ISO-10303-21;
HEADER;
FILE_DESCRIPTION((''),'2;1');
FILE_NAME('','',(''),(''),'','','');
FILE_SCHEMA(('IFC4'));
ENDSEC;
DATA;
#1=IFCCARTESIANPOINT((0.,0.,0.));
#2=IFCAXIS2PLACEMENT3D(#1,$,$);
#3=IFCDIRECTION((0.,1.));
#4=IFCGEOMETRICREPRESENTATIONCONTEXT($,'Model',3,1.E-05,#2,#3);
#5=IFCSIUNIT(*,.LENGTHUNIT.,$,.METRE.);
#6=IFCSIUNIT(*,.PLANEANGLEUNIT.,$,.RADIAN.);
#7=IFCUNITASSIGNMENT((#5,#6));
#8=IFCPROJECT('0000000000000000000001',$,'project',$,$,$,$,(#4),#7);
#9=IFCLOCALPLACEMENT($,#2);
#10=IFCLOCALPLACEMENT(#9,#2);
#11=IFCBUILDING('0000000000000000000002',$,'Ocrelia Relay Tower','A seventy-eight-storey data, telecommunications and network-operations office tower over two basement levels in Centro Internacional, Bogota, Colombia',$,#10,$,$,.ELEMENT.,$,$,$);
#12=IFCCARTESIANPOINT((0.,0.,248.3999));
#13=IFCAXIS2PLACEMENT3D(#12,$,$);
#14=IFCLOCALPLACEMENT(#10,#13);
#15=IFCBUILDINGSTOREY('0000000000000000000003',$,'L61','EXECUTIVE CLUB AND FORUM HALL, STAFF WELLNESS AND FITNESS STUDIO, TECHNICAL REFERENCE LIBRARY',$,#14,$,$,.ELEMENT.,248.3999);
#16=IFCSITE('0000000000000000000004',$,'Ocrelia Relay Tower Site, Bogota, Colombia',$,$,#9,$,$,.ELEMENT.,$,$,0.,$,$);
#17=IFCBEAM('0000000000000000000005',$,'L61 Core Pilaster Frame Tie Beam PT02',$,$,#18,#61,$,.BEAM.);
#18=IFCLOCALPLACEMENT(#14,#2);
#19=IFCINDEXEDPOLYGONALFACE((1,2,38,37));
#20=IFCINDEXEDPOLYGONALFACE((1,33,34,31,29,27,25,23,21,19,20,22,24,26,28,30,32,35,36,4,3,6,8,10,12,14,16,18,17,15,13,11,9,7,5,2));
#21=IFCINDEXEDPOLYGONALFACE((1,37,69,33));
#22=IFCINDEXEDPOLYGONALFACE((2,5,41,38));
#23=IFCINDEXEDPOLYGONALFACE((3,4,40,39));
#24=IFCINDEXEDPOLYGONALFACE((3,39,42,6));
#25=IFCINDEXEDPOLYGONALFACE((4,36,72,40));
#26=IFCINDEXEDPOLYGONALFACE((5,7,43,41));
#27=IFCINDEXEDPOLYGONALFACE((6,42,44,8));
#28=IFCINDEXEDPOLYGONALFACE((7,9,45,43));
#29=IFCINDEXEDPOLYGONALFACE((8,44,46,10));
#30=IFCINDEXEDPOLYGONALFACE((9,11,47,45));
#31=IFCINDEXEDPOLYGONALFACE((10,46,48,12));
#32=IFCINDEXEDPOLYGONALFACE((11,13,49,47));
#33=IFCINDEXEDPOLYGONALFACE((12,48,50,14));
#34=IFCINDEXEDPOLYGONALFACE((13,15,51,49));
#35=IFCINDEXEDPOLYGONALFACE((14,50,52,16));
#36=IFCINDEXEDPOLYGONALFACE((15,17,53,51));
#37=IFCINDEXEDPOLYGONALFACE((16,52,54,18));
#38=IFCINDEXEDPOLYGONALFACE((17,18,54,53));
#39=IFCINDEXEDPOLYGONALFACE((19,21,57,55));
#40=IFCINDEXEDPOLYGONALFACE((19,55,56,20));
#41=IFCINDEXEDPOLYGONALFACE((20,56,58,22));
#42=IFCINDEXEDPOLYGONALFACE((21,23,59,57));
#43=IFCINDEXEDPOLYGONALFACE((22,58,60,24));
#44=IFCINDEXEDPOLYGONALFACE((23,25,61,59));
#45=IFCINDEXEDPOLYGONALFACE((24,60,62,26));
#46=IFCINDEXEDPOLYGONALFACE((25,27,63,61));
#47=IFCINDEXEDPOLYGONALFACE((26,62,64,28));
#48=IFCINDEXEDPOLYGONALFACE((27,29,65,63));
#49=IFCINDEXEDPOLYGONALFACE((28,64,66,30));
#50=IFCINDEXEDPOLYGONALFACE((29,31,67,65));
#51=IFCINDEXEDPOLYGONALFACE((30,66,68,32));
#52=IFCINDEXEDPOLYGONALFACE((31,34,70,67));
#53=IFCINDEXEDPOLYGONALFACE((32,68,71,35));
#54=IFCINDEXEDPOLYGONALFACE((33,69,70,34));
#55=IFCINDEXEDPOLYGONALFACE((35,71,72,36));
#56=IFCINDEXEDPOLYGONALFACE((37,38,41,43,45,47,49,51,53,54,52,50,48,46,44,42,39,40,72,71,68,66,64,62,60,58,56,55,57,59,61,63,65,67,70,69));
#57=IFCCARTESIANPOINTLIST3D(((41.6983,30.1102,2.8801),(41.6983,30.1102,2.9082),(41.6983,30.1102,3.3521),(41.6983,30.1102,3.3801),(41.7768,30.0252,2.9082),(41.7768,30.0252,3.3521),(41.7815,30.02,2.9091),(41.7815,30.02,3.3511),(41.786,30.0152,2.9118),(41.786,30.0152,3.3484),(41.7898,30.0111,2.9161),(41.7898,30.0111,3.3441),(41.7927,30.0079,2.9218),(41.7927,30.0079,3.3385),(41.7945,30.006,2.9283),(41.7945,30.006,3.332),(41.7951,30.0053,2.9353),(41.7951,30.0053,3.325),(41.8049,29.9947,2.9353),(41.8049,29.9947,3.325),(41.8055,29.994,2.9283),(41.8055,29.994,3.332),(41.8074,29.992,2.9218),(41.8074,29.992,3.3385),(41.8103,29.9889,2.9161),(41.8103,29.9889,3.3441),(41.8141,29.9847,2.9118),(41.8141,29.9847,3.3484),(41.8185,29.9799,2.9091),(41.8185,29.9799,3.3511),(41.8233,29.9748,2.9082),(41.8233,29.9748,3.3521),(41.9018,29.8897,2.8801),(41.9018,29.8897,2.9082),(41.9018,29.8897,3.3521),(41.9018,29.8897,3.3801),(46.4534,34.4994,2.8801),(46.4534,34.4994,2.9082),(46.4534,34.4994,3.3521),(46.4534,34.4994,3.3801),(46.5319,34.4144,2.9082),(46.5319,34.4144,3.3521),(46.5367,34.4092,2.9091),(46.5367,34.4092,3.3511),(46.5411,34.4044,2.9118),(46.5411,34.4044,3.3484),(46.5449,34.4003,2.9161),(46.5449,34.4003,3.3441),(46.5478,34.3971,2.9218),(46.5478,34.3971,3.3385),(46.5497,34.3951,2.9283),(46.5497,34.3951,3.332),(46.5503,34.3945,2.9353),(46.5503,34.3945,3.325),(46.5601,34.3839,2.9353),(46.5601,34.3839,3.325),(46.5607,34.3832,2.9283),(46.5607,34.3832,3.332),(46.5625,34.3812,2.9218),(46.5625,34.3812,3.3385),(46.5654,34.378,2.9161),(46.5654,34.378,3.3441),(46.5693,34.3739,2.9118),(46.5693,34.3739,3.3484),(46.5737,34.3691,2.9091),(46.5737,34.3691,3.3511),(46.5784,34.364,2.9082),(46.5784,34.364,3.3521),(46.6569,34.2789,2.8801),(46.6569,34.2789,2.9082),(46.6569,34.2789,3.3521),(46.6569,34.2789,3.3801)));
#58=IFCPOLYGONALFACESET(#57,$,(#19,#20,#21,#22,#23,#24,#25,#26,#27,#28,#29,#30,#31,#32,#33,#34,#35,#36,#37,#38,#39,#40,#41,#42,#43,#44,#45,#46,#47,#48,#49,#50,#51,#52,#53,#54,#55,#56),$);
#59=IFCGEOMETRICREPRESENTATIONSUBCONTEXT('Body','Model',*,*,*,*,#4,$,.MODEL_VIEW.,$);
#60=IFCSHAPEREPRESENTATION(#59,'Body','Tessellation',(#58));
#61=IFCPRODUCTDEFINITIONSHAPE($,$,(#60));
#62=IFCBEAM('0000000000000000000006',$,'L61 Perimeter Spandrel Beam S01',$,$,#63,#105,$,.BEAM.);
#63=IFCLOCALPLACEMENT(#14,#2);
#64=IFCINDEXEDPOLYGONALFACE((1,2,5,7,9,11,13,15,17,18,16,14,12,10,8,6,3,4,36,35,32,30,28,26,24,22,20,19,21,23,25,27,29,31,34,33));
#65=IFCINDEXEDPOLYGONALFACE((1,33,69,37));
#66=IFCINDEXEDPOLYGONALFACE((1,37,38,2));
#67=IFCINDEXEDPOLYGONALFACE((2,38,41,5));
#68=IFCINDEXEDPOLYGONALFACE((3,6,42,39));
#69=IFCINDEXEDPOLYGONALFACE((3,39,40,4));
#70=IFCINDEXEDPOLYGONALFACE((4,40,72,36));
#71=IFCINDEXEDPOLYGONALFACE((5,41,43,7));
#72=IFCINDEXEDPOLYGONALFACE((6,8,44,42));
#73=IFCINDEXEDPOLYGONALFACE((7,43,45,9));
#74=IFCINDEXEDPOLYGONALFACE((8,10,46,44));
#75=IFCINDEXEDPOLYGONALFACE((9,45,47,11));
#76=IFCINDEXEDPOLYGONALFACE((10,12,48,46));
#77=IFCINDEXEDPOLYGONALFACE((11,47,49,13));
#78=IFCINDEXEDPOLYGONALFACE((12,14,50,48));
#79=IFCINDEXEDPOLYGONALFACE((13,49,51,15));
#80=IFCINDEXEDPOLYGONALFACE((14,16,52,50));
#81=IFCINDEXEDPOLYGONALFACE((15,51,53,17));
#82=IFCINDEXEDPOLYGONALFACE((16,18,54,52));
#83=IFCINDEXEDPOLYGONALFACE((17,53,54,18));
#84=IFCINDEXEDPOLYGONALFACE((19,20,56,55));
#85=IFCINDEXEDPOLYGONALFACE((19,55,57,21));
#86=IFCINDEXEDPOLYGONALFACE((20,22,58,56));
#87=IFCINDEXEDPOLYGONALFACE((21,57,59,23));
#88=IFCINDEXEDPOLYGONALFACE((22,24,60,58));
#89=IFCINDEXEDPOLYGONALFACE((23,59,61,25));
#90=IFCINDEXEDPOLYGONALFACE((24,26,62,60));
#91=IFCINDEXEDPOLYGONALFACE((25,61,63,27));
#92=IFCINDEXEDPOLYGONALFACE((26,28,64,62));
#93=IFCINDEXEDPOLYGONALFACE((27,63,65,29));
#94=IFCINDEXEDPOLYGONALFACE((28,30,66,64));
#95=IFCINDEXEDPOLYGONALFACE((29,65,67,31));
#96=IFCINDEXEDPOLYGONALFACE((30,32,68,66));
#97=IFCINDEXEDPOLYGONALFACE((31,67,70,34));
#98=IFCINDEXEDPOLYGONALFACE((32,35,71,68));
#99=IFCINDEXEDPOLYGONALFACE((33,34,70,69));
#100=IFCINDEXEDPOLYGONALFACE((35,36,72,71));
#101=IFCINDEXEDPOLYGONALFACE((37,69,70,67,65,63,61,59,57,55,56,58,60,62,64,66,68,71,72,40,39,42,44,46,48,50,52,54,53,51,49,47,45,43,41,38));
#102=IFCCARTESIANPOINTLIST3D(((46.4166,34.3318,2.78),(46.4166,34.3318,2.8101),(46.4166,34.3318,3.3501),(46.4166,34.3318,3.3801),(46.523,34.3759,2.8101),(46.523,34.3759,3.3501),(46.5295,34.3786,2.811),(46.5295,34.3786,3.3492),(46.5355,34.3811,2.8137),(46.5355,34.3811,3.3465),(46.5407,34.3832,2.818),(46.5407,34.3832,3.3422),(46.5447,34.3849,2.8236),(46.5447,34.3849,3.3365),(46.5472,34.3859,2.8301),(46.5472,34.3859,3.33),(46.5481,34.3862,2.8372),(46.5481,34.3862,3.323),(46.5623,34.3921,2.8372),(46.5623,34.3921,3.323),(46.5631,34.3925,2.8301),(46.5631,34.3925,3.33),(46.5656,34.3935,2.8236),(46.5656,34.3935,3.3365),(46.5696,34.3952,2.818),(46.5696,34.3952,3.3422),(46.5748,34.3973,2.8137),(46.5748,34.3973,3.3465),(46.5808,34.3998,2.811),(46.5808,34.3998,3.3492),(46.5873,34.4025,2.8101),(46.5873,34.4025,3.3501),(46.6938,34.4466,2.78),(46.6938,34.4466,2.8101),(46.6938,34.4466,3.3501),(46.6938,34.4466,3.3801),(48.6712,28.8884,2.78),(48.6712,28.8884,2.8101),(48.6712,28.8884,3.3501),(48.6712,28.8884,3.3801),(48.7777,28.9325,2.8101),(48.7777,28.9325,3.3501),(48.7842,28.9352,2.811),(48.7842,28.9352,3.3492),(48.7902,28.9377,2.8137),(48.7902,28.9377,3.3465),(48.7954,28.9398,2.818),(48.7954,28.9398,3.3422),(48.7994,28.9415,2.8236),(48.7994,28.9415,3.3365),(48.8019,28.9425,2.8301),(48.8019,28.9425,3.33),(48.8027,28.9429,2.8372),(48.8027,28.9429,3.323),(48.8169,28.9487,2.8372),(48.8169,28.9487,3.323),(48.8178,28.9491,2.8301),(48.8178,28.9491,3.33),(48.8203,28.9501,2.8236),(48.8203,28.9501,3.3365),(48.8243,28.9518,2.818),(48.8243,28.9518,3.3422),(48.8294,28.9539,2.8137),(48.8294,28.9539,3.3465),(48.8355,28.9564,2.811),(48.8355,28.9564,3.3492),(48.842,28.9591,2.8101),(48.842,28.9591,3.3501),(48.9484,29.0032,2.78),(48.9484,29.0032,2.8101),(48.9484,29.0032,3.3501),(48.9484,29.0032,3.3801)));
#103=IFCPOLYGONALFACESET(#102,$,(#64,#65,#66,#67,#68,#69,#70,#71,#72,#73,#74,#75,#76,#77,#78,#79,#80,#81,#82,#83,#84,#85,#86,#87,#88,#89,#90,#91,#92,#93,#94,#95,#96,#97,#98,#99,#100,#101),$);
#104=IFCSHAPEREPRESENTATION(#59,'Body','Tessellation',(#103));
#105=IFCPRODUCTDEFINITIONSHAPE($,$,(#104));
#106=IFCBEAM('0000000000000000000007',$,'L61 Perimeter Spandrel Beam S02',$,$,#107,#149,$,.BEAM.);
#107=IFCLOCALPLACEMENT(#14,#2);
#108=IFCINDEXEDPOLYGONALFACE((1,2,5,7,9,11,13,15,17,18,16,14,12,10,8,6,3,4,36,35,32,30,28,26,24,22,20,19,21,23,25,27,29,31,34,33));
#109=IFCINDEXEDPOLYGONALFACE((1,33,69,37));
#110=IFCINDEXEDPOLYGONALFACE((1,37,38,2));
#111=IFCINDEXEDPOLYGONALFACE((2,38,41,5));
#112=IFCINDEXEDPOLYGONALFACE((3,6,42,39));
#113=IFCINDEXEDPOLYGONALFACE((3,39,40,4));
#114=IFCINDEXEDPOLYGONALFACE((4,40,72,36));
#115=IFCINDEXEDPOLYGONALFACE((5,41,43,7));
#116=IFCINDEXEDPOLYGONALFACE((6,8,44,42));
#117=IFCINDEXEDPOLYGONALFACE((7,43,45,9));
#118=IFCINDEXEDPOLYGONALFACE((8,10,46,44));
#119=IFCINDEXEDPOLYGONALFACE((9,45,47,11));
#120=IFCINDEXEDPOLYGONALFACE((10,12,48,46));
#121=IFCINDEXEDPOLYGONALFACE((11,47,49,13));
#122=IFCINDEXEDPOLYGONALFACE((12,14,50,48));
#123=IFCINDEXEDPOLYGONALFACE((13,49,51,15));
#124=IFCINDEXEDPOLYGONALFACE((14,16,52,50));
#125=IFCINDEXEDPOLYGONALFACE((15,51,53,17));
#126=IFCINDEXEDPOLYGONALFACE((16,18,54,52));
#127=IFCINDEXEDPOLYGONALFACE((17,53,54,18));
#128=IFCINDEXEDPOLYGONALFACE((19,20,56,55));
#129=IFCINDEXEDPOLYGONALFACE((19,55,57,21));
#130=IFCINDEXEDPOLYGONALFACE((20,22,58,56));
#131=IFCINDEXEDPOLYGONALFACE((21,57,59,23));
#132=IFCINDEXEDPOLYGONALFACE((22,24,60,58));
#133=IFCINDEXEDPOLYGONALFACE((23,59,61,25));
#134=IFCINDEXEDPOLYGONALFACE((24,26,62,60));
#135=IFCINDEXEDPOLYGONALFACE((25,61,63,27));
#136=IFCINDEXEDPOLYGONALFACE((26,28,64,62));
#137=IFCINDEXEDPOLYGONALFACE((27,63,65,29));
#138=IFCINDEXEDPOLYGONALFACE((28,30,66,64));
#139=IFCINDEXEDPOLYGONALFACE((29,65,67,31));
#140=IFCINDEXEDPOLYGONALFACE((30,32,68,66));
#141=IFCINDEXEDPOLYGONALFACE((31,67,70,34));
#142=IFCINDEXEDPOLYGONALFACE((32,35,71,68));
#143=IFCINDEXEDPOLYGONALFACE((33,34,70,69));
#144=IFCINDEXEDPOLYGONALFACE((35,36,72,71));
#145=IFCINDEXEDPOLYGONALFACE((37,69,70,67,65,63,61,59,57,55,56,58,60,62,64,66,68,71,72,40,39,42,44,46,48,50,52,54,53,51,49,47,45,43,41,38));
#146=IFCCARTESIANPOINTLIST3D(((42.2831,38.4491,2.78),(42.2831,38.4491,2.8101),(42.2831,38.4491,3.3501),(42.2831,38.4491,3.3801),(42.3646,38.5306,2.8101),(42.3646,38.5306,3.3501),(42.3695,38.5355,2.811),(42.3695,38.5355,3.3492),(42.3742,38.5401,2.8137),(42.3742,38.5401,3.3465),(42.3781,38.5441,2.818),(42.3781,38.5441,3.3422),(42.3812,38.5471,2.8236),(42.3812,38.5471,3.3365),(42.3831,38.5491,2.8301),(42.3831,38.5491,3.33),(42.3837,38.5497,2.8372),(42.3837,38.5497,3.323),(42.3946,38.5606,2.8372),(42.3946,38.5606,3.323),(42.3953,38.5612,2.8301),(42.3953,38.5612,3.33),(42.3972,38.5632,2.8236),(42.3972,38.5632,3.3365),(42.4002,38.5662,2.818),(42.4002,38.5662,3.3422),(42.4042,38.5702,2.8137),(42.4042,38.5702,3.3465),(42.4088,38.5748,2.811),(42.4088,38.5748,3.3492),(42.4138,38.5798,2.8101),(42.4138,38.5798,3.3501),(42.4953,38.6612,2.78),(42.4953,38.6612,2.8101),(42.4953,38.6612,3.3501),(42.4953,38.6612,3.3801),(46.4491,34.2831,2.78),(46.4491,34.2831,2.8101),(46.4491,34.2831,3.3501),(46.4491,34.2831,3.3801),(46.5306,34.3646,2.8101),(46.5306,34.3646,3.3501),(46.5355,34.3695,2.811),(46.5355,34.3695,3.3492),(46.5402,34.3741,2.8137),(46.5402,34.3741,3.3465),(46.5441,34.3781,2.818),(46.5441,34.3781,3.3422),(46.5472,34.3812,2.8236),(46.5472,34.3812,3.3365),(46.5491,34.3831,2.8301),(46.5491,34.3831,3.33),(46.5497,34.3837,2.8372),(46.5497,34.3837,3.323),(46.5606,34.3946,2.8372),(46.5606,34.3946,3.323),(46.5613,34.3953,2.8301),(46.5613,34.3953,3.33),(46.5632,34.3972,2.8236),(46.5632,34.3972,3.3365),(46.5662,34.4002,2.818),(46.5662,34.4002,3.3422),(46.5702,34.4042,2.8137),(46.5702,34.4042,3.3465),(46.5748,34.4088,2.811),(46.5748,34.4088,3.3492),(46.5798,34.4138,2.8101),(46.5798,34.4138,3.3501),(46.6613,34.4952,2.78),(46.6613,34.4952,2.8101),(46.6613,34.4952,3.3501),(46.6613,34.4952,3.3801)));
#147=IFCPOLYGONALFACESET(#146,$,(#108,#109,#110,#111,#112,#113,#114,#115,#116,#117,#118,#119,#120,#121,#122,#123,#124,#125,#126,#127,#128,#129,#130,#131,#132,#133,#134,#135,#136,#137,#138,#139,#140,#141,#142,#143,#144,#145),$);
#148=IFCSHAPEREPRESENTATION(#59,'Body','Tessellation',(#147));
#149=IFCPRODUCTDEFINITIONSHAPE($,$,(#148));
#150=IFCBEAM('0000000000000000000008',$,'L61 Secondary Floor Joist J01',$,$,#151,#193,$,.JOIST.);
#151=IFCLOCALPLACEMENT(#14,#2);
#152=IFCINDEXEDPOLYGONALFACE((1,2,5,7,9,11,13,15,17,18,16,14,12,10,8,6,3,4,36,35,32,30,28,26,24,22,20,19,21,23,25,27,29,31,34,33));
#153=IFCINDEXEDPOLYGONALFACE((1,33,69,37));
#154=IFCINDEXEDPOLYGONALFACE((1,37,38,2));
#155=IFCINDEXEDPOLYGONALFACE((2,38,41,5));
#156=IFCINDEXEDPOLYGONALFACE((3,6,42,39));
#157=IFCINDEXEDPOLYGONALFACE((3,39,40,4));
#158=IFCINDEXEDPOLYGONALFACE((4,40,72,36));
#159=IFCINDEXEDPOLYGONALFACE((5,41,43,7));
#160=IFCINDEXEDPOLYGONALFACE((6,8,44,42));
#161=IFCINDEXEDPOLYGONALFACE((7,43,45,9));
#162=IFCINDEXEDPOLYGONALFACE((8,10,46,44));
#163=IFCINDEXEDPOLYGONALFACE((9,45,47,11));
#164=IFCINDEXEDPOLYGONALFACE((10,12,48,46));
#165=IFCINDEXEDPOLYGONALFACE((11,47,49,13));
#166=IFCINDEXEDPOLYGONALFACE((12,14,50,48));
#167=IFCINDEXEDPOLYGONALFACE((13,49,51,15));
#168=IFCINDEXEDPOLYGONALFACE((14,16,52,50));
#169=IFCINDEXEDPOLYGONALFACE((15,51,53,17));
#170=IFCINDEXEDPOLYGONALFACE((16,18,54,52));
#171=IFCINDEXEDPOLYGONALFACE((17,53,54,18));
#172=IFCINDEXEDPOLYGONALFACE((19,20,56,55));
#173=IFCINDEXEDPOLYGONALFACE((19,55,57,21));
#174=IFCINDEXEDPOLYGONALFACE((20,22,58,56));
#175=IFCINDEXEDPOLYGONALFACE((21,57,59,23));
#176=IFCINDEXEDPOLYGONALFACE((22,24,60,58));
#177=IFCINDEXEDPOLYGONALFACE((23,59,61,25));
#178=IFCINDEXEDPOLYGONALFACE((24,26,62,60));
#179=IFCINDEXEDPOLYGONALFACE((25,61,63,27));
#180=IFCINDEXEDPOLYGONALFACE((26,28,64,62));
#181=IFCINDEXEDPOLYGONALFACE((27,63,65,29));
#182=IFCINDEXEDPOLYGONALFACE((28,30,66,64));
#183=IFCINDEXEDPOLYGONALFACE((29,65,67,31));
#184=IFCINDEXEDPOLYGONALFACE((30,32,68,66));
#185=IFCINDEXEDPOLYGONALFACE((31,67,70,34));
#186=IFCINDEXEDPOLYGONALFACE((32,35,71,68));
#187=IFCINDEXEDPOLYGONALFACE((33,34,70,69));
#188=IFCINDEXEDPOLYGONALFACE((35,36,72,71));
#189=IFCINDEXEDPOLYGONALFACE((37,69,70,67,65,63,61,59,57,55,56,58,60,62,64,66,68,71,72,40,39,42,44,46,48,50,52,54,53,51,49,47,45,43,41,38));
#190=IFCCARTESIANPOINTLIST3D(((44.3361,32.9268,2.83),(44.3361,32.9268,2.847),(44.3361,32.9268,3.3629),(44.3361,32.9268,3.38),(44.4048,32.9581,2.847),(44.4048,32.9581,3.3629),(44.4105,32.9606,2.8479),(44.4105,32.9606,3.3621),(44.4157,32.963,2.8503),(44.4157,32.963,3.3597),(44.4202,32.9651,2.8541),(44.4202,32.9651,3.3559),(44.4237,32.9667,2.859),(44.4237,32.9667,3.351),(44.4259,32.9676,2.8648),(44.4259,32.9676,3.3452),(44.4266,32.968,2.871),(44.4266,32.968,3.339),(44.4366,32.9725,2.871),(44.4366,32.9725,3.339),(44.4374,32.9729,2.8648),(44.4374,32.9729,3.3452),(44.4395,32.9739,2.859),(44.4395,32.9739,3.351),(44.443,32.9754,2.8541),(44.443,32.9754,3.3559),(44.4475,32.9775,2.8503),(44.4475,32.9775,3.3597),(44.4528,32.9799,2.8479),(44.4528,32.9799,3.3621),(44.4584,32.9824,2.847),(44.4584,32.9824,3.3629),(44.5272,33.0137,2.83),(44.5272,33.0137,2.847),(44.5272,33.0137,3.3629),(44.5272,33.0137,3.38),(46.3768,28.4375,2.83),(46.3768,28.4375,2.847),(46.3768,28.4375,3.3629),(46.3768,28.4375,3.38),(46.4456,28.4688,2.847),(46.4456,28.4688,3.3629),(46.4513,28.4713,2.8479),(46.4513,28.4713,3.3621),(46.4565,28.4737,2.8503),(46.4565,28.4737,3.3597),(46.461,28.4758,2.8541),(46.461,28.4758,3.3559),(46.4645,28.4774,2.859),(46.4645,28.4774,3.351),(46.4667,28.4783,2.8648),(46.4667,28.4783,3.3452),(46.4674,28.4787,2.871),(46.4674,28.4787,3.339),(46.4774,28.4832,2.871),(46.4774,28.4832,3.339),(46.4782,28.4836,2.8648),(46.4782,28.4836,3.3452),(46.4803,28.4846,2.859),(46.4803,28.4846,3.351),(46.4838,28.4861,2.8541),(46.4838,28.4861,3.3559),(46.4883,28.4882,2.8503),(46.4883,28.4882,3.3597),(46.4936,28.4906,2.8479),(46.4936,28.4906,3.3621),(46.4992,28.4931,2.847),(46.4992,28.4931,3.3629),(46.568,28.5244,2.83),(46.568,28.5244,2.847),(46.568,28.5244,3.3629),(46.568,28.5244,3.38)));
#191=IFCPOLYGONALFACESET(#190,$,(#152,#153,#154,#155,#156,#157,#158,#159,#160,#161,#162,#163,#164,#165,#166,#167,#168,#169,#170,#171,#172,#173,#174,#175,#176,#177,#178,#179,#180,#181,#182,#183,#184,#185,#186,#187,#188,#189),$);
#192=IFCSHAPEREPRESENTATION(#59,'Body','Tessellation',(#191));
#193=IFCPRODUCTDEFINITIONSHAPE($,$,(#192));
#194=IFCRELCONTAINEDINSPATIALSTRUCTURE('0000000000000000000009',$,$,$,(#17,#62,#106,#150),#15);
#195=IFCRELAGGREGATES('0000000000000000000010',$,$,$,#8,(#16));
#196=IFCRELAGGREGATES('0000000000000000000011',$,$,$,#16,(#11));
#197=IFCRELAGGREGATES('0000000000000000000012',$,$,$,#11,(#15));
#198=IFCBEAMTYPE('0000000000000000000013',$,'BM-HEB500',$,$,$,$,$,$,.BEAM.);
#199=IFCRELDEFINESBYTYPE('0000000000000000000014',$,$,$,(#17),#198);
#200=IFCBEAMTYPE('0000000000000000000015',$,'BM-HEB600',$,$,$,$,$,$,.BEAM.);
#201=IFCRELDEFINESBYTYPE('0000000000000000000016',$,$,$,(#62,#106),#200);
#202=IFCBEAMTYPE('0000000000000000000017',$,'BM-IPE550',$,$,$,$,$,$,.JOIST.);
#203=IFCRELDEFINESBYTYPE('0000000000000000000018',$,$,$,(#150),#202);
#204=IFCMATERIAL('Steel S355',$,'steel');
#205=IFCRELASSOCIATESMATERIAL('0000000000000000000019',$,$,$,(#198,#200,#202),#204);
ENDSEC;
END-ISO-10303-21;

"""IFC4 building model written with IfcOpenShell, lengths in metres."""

from ifc_helpers import new_model, si_unit, direction, frame, origin, origin_2d, place, context, subcontext, project, spatial, i_section, extrude, material, material_profile, profile_set, type_object, element, save


model = new_model("IFC4")

# Units and contexts
model_context = context("Model", 3, precision=1e-05, world=origin(), true_north=direction((0.0, 1.0)))
body_context = subcontext(model_context, "Body", "Model", "MODEL_VIEW")
ifc_project = project(units=[si_unit("LENGTHUNIT", "METRE"), si_unit("PLANEANGLEUNIT", "RADIAN")], contexts=[model_context])

# Site, building, storey
site_placement = place(None, origin())
site = spatial("IfcSite", under=ifc_project, at=site_placement, Name="Ocrelia Relay Tower Site, Bogota, Colombia", CompositionType="ELEMENT", RefElevation=0.0)
building_placement = place(site_placement, origin())
building = spatial("IfcBuilding", under=site, at=building_placement, Name="Ocrelia Relay Tower", Description="A seventy-eight-storey data, telecommunications and network-operations office tower over two basement levels in Centro Internacional, Bogota, Colombia", CompositionType="ELEMENT")
storey_placement = place(building_placement, frame((0.0, 0.0, 248.3999)))
storey = spatial("IfcBuildingStorey", under=building, at=storey_placement, Name="L61", Description="EXECUTIVE CLUB AND FORUM HALL, STAFF WELLNESS AND FITNESS STUDIO, TECHNICAL REFERENCE LIBRARY", CompositionType="ELEMENT", Elevation=248.3999)

# Beams
ifc_material_1 = material(Name="Steel S355", Category="steel")
ifc_material_profile_1 = material_profile(ifc_material_1, i_section(OverallWidth=0.3, OverallDepth=0.5, WebThickness=0.0144, FlangeThickness=0.0281, FilletRadius=0.0271, at=origin_2d()), Name="HEB 500")
ifc_profile_set_1 = profile_set([ifc_material_profile_1], Name="Steel S355")
beam_type_1 = type_object("IfcBeamType", Name="BM-HEB500", PredefinedType="BEAM", material=ifc_profile_set_1)
beam_1_placement = place(storey_placement, frame((46.5552, 34.3892, 3.1301), z_axis=(-0.734818, -0.678264, 0.0), x_axis=(0.678264, -0.734818, 0.0)))
element("IfcBeam", 1, at=beam_1_placement, inside=storey, type_object=beam_type_1, Name="L61 Core Pilaster Frame Tie Beam PT02", PredefinedType="BEAM", context=body_context, shape_type="SweptSolid", body=[
    extrude(i_section(OverallWidth=0.3, OverallDepth=0.5, WebThickness=0.0144, FlangeThickness=0.0281, FilletRadius=0.0271, at=origin_2d()), origin(), (0.0, 0.0, 1.0), 6.4712),
])
ifc_material_profile_2 = material_profile(ifc_material_1, i_section(OverallWidth=0.3, OverallDepth=0.6001, WebThickness=0.0154, FlangeThickness=0.03, FilletRadius=0.0271, at=origin_2d()), Name="HEB 600")
ifc_profile_set_2 = profile_set([ifc_material_profile_2], Name="Steel S355")
beam_type_2 = type_object("IfcBeamType", Name="BM-HEB600", PredefinedType="BEAM", material=ifc_profile_set_2)
beam_2_placement = place(storey_placement, frame((48.8098, 28.9458, 3.0801), z_axis=(-0.382673, 0.923884, 0.0), x_axis=(-0.923884, -0.382673, 0.0)))
element("IfcBeam", 2, at=beam_2_placement, inside=storey, type_object=beam_type_2, Name="L61 Perimeter Spandrel Beam S01", PredefinedType="BEAM", context=body_context, shape_type="SweptSolid", body=[
    extrude(i_section(OverallWidth=0.3, OverallDepth=0.6001, WebThickness=0.0154, FlangeThickness=0.03, FilletRadius=0.0271, at=origin_2d()), origin(), (0.0, 0.0, 1.0), 5.8918),
])
beam_3_placement = place(storey_placement, frame((46.5552, 34.3892, 3.0801), z_axis=(-0.707107, 0.707107, 0.0), x_axis=(-0.707107, -0.707107, 0.0)))
element("IfcBeam", 3, at=beam_3_placement, inside=storey, type_object=beam_type_2, Name="L61 Perimeter Spandrel Beam S02", PredefinedType="BEAM", context=body_context, shape_type="SweptSolid", body=[
    extrude(i_section(OverallWidth=0.3, OverallDepth=0.6001, WebThickness=0.0154, FlangeThickness=0.03, FilletRadius=0.0271, at=origin_2d()), origin(), (0.0, 0.0, 1.0), 5.8916),
])
ifc_material_profile_3 = material_profile(ifc_material_1, i_section(OverallWidth=0.21, OverallDepth=0.55, WebThickness=0.011, FlangeThickness=0.0171, FilletRadius=0.0239, at=origin_2d()), Name="IPE 550")
ifc_profile_set_3 = profile_set([ifc_material_profile_3], Name="Steel S355")
beam_type_3 = type_object("IfcBeamType", Name="BM-IPE550", PredefinedType="JOIST", material=ifc_profile_set_3)
beam_4_placement = place(storey_placement, frame((46.4724, 28.481, 3.105), z_axis=(-0.413837, 0.910351, 0.0), x_axis=(-0.910351, -0.413837, 0.0)))
element("IfcBeam", 4, at=beam_4_placement, inside=storey, type_object=beam_type_3, Name="L61 Secondary Floor Joist J01", PredefinedType="JOIST", context=body_context, shape_type="SweptSolid", body=[
    extrude(i_section(OverallWidth=0.21, OverallDepth=0.55, WebThickness=0.011, FlangeThickness=0.0171, FilletRadius=0.0239, at=origin_2d()), origin(), (0.0, 0.0, 1.0), 4.9314),
])

save(model, "model.ifc")
